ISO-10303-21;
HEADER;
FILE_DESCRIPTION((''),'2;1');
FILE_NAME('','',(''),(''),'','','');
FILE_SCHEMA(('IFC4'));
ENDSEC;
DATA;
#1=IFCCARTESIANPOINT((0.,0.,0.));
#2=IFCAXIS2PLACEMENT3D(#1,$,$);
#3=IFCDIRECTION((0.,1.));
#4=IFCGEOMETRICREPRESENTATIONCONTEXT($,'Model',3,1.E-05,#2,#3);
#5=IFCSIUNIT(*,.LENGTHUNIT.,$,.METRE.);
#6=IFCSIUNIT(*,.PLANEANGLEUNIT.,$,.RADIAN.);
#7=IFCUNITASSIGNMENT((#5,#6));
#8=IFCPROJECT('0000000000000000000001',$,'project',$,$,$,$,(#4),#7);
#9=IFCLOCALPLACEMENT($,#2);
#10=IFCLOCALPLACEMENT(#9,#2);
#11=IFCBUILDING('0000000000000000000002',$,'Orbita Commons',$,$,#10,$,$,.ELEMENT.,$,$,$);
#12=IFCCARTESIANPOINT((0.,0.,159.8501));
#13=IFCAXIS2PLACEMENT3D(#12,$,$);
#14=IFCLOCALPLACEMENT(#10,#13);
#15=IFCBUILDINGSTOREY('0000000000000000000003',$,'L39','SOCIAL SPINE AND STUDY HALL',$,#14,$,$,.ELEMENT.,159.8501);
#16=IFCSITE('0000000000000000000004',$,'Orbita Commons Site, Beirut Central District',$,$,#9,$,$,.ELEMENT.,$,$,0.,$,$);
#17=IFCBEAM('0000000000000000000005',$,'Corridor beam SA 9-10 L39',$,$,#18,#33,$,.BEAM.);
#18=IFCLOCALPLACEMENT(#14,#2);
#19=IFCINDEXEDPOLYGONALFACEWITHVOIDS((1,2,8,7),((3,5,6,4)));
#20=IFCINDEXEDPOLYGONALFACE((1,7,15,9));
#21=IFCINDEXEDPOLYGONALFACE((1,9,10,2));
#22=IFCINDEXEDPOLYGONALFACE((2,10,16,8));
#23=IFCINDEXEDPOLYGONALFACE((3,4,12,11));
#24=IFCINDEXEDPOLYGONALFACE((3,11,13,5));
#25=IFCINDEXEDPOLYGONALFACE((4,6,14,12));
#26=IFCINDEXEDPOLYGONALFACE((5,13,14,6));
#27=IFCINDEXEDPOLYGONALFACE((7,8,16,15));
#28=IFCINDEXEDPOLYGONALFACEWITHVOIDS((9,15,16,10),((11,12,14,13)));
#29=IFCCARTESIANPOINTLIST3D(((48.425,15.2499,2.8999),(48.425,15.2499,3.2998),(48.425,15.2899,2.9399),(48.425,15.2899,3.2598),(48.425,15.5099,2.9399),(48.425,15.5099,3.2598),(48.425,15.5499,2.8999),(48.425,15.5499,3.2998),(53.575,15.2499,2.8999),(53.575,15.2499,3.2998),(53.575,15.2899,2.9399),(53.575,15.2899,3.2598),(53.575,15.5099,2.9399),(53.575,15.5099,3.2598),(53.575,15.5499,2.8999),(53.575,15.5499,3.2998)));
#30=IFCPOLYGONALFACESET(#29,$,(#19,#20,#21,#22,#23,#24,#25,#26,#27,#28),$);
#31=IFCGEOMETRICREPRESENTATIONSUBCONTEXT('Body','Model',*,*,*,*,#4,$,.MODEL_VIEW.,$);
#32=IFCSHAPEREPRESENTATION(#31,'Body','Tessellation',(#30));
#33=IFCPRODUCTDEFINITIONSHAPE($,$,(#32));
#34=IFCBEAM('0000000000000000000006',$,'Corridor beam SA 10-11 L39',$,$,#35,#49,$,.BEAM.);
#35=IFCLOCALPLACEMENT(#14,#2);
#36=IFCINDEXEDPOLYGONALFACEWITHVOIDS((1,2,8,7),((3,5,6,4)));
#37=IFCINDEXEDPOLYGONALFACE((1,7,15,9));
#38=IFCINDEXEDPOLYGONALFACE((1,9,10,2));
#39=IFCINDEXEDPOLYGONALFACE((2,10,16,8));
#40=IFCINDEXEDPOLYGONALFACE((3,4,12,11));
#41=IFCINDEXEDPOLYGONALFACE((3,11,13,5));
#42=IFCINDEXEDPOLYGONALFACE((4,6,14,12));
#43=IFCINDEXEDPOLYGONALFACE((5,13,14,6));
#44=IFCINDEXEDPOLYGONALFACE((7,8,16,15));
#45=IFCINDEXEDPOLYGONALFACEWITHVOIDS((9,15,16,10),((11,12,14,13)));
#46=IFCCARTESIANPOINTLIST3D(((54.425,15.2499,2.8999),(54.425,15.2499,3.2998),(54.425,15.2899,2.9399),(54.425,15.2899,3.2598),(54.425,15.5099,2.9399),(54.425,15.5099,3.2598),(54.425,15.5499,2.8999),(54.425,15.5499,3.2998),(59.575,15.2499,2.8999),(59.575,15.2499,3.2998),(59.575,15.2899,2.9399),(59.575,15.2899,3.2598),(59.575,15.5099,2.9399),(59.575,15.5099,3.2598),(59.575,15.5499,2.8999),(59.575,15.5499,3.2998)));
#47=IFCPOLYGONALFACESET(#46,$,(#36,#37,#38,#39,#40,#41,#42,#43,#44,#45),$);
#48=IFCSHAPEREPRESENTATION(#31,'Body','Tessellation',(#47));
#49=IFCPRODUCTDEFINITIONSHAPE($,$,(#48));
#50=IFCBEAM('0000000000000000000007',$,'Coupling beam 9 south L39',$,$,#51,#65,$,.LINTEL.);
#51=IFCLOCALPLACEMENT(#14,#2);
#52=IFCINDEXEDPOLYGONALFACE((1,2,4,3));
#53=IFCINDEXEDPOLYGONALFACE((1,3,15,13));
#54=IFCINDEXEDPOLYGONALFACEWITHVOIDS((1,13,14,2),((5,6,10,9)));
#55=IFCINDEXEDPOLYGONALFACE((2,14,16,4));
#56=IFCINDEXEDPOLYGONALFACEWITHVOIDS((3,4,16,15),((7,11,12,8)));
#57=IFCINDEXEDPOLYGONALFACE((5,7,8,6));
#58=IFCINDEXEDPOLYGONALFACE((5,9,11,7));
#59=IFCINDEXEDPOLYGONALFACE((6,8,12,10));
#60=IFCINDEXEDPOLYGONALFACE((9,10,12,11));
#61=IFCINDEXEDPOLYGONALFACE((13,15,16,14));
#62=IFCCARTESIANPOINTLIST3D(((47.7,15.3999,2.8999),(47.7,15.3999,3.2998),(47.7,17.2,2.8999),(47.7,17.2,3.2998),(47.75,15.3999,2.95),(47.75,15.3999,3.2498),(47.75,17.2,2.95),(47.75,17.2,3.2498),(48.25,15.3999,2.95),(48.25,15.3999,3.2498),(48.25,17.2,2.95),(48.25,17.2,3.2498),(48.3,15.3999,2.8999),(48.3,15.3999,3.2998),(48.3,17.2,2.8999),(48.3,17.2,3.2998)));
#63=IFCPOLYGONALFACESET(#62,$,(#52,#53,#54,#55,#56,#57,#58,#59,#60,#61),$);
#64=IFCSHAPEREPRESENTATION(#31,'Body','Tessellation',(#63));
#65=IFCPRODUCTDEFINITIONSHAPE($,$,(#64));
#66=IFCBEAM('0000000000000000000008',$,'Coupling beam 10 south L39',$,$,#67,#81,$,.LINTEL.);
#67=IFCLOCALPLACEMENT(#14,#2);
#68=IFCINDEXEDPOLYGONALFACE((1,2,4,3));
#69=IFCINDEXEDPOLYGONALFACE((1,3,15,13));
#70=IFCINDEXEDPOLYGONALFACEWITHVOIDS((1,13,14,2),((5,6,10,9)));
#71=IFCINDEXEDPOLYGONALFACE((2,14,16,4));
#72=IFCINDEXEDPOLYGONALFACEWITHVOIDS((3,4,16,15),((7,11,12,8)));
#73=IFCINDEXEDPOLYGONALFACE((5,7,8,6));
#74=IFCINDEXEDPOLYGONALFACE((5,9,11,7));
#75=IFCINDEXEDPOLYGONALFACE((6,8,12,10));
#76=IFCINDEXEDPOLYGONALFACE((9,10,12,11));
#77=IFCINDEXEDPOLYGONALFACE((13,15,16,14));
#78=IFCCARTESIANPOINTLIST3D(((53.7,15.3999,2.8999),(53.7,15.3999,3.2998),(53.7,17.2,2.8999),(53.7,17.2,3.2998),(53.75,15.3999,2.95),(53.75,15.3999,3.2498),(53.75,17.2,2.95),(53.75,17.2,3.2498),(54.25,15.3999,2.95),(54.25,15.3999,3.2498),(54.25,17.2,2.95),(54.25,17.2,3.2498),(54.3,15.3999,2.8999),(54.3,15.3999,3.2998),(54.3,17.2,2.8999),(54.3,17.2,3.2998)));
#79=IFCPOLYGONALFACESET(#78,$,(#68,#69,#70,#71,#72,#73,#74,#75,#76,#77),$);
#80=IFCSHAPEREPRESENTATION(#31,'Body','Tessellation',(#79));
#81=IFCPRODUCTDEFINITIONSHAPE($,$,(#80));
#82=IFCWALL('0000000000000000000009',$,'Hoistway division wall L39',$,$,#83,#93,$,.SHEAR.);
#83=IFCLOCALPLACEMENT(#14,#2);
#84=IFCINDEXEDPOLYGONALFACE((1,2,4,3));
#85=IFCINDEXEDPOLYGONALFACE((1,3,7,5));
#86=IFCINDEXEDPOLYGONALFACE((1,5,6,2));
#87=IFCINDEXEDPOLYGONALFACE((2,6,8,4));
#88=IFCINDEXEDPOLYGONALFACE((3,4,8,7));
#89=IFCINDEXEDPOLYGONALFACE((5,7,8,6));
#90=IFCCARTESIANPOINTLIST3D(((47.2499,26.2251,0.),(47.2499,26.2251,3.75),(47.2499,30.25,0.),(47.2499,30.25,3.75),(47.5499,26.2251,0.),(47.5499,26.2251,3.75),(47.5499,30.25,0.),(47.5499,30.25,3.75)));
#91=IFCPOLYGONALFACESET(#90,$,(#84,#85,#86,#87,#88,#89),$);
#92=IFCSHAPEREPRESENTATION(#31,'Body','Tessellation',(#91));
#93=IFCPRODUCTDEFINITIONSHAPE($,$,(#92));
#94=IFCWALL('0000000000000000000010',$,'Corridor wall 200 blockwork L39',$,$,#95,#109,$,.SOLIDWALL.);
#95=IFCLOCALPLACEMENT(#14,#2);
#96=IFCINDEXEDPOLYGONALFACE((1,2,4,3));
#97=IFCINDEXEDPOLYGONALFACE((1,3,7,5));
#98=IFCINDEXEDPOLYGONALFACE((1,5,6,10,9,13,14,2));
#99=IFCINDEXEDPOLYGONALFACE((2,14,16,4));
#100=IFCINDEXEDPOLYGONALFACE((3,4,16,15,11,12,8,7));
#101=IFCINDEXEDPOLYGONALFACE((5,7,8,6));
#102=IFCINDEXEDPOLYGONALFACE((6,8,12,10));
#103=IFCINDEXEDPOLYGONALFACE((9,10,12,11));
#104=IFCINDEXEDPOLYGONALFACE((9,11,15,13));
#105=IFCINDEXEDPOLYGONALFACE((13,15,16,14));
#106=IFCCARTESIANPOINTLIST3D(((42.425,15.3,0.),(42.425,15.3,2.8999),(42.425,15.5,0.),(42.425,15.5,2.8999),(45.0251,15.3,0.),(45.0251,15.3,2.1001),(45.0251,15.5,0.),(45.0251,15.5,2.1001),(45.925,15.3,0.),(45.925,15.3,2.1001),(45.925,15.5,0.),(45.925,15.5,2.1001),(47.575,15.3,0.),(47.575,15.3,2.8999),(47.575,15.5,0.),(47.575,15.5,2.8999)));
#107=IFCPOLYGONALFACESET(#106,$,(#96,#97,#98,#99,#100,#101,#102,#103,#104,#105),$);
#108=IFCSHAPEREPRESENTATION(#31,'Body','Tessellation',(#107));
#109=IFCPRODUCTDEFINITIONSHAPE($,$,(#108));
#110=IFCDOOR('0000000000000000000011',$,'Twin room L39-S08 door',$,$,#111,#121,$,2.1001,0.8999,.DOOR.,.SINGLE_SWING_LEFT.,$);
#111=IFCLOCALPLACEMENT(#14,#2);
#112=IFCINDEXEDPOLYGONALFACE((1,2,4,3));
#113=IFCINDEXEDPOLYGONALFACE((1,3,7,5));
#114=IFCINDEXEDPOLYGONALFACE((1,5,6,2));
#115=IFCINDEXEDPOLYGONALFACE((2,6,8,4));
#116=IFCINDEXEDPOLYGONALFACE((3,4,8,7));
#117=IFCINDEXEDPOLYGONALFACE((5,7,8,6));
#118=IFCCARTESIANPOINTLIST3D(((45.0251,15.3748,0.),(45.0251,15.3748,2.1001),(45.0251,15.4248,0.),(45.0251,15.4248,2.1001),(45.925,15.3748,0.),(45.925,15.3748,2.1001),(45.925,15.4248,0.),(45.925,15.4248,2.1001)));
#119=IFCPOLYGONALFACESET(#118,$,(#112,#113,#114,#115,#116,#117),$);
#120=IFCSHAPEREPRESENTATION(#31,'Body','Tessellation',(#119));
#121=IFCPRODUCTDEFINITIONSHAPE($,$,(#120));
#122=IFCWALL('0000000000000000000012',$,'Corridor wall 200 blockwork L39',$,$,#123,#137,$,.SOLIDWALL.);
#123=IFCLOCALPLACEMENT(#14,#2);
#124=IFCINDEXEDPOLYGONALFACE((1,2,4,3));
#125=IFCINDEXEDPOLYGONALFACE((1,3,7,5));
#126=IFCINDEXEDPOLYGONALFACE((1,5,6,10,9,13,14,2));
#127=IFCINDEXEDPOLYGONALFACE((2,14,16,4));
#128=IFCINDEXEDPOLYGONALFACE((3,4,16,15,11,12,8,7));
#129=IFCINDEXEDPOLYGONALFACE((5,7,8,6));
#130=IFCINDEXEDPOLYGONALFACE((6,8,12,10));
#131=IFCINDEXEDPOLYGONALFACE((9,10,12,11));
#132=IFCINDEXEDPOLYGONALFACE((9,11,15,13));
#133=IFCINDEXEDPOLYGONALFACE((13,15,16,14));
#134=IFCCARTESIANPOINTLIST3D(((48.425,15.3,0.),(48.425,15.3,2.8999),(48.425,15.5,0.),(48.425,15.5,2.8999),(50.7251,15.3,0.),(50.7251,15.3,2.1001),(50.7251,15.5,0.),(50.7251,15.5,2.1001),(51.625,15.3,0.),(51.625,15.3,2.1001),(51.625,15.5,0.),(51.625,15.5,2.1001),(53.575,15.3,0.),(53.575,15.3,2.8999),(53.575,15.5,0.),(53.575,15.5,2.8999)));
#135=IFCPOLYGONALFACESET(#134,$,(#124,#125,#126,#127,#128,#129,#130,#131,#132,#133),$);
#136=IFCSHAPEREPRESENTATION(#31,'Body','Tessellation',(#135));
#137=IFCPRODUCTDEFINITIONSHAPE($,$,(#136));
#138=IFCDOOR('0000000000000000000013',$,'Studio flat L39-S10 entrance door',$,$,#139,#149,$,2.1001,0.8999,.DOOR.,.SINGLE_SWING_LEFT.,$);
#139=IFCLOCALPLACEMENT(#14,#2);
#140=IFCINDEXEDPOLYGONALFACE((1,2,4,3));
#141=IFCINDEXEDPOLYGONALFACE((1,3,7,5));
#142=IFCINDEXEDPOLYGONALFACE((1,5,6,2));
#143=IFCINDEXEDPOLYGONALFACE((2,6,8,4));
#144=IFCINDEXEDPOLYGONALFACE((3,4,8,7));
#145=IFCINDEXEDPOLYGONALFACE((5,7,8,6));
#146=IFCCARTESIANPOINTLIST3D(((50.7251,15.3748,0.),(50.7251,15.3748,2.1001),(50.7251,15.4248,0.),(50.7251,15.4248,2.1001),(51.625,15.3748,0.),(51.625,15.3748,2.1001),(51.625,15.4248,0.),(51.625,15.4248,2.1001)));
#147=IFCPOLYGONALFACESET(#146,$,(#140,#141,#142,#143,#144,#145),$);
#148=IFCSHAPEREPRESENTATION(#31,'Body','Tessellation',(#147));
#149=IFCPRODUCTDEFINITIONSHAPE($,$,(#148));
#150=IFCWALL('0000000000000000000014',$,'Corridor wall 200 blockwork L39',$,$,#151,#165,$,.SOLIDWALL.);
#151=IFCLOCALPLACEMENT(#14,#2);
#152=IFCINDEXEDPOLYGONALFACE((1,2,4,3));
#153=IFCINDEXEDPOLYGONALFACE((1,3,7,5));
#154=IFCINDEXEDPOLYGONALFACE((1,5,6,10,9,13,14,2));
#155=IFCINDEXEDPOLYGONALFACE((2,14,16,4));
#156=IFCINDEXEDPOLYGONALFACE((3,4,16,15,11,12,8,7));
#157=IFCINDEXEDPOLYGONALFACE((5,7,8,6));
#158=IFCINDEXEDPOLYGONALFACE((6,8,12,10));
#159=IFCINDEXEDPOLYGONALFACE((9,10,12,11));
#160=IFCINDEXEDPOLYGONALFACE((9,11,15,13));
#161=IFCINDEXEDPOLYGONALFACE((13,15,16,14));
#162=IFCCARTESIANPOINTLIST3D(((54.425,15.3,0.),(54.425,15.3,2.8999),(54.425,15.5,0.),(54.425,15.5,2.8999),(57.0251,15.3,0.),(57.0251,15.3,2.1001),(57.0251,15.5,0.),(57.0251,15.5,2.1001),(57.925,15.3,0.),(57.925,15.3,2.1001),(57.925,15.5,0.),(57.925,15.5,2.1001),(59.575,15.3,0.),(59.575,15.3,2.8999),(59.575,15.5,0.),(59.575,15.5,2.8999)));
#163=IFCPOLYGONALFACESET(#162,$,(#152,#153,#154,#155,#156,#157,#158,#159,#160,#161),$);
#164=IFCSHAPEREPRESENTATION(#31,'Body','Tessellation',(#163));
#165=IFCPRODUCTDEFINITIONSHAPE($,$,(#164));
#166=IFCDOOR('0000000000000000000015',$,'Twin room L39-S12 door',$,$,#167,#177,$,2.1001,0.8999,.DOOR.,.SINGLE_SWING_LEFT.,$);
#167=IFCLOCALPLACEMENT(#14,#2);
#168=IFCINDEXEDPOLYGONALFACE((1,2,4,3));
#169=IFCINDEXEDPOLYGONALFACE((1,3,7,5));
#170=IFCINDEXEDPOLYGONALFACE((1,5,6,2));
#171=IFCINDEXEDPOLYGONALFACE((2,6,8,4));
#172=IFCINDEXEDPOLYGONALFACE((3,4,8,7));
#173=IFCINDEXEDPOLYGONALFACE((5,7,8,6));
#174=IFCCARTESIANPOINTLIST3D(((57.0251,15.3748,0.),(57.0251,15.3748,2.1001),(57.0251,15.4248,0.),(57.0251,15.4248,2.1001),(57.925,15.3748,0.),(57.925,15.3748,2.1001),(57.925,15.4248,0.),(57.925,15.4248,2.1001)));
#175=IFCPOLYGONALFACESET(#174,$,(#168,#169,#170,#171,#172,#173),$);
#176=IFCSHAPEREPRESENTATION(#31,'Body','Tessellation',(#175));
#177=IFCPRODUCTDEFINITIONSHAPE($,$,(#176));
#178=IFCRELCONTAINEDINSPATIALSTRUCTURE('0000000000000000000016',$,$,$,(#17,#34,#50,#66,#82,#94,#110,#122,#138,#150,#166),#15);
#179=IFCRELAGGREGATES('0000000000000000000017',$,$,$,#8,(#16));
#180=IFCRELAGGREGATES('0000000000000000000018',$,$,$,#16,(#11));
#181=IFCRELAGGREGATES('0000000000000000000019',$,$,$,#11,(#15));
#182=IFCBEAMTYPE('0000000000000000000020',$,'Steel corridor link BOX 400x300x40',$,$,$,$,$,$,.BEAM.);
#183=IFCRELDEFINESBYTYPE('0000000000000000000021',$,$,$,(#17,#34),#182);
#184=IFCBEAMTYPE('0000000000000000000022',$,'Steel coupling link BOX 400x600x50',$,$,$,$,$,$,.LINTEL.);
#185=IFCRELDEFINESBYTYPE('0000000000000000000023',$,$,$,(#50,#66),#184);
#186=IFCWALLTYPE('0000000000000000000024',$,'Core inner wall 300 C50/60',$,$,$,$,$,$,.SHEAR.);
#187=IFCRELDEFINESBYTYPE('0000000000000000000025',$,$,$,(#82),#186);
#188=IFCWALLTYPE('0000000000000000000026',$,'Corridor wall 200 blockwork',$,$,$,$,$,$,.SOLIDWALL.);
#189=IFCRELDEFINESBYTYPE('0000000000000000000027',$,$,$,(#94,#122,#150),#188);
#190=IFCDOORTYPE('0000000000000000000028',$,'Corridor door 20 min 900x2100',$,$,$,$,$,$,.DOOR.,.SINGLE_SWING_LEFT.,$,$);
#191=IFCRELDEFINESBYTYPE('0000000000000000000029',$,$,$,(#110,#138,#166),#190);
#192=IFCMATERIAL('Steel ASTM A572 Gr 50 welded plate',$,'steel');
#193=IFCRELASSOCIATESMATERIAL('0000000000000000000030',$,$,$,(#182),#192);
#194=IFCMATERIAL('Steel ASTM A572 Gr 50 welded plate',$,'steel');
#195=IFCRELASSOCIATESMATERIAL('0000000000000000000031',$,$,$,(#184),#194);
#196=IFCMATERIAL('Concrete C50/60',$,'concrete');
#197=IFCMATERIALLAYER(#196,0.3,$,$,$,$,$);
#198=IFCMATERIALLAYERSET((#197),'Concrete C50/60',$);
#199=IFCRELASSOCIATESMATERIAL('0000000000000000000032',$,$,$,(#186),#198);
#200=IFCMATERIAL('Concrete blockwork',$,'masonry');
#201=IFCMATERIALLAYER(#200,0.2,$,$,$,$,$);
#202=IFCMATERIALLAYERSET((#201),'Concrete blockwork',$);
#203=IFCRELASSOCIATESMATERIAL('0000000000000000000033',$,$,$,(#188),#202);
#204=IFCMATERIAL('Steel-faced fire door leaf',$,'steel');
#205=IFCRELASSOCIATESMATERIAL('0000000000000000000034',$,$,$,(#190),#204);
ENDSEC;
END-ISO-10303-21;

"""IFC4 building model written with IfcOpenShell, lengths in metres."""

from ifc_helpers import new_model, si_unit, direction, frame, frame_2d, origin, origin_2d, place, context, subcontext, project, spatial, polyline, rectangle, hollow_rectangle, outline, extrude, material, layer, layer_set, material_profile, profile_set, type_object, element, fill, save


model = new_model("IFC4")

# Units and contexts
model_context = context("Model", 3, precision=1e-05, world=origin(), true_north=direction((0.0, 1.0)))
body_context = subcontext(model_context, "Body", "Model", "MODEL_VIEW")
ifc_project = project(units=[si_unit("LENGTHUNIT", "METRE"), si_unit("PLANEANGLEUNIT", "RADIAN")], contexts=[model_context])

# Site, building, storey
site_placement = place(None, origin())
site = spatial("IfcSite", under=ifc_project, at=site_placement, Name="Orbita Commons Site, Beirut Central District", CompositionType="ELEMENT", RefElevation=0.0)
building_placement = place(site_placement, origin())
building = spatial("IfcBuilding", under=site, at=building_placement, Name="Orbita Commons", CompositionType="ELEMENT")
storey_placement = place(building_placement, frame((0.0, 0.0, 159.8501)))
storey = spatial("IfcBuildingStorey", under=building, at=storey_placement, Name="L39", Description="SOCIAL SPINE AND STUDY HALL", CompositionType="ELEMENT", Elevation=159.8501)

# Beams
ifc_material_1 = material(Name="Steel ASTM A572 Gr 50 welded plate", Category="steel")
ifc_material_profile_1 = material_profile(ifc_material_1, hollow_rectangle(XDim=0.3, YDim=0.3999, WallThickness=0.04, at=origin_2d()), Name="BOX 400x300x40")
ifc_profile_set_1 = profile_set([ifc_material_profile_1], Name="Steel ASTM A572 Gr 50 welded plate")
beam_type_1 = type_object("IfcBeamType", Name="Steel corridor link BOX 400x300x40", PredefinedType="BEAM", material=ifc_profile_set_1)
for number, where, z_axis, x_axis, name in (
    (1, (48.425, 15.3999, 3.0999), (1.0, 0.0, 0.0), (0.0, 1.0, 0.0), "Corridor beam SA 9-10 L39"),
    (2, (54.425, 15.3999, 3.0999), (1.0, 0.0, 0.0), (0.0, 1.0, 0.0), "Corridor beam SA 10-11 L39"),
):
    element("IfcBeam", number, at=place(storey_placement, frame(where, z_axis=z_axis, x_axis=x_axis)), inside=storey, type_object=beam_type_1, Name=name, PredefinedType="BEAM", context=body_context, shape_type="SweptSolid", body=[
        extrude(hollow_rectangle(XDim=0.3, YDim=0.3999, WallThickness=0.04, at=origin_2d()), origin(), (0.0, 0.0, 1.0), 5.1499),
    ])
ifc_material_2 = material(Name="Steel ASTM A572 Gr 50 welded plate", Category="steel")
ifc_material_profile_2 = material_profile(ifc_material_2, hollow_rectangle(XDim=0.6001, YDim=0.3999, WallThickness=0.05, at=origin_2d()), Name="BOX 400x600x50")
ifc_profile_set_2 = profile_set([ifc_material_profile_2], Name="Steel ASTM A572 Gr 50 welded plate")
beam_type_2 = type_object("IfcBeamType", Name="Steel coupling link BOX 400x600x50", PredefinedType="LINTEL", material=ifc_profile_set_2)
for number, where, z_axis, x_axis, name in (
    (3, (48.0, 15.3999, 3.0999), (0.0, 1.0, 0.0), (-1.0, 0.0, 0.0), "Coupling beam 9 south L39"),
    (4, (54.0, 15.3999, 3.0999), (0.0, 1.0, 0.0), (-1.0, 0.0, 0.0), "Coupling beam 10 south L39"),
):
    element("IfcBeam", number, at=place(storey_placement, frame(where, z_axis=z_axis, x_axis=x_axis)), inside=storey, type_object=beam_type_2, Name=name, PredefinedType="LINTEL", context=body_context, shape_type="SweptSolid", body=[
        extrude(hollow_rectangle(XDim=0.6001, YDim=0.3999, WallThickness=0.05, at=origin_2d()), origin(), (0.0, 0.0, 1.0), 1.8),
    ])

# Wall
ifc_material_3 = material(Name="Concrete C50/60", Category="concrete")
ifc_layer_1 = layer(ifc_material_3, 0.3)
ifc_layer_set_1 = layer_set([ifc_layer_1], Name="Concrete C50/60")
wall_type_1 = type_object("IfcWallType", Name="Core inner wall 300 C50/60", PredefinedType="SHEAR", material=ifc_layer_set_1)
wall_1_placement = place(storey_placement, frame((47.3999, 26.2251, 0.0), z_axis=(0.0, 0.0, 1.0), x_axis=(0.0, 1.0, 0.0)))
element("IfcWall", 5, at=wall_1_placement, inside=storey, type_object=wall_type_1, Name="Hoistway division wall L39", PredefinedType="SHEAR", context=body_context, shape_type="SweptSolid", body=[
    extrude(rectangle(XDim=4.0249, YDim=0.3, at=frame_2d((2.0125, 0.0))), origin(), (0.0, 0.0, 1.0), 3.75),
])

# Walls, openings, doors
ifc_material_4 = material(Name="Concrete blockwork", Category="masonry")
ifc_layer_2 = layer(ifc_material_4, 0.2)
ifc_layer_set_2 = layer_set([ifc_layer_2], Name="Concrete blockwork")
wall_type_2 = type_object("IfcWallType", Name="Corridor wall 200 blockwork", PredefinedType="SOLIDWALL", material=ifc_layer_set_2)
wall_2_placement = place(storey_placement, frame((42.425, 15.3999, 0.0), z_axis=(0.0, 0.0, 1.0), x_axis=(1.0, 0.0, 0.0)))
wall_2 = element("IfcWall", 6, at=wall_2_placement, inside=storey, type_object=wall_type_2, Name="Corridor wall 200 blockwork L39", PredefinedType="SOLIDWALL", context=body_context, shape_type="SweptSolid", body=[
    extrude(outline(polyline([(0.0, 0.0), (5.1499, 0.0), (5.1499, 2.8999), (0.0, 2.8999), (0.0, 0.0)])), frame((0.0, 0.1001, 0.0), z_axis=(0.0, -1.0, 0.0), x_axis=(1.0, 0.0, 0.0)), (0.0, 0.0, 1.0), 0.2),
])
opening_1_placement = place(wall_2_placement, frame((2.6001, 0.0, 0.0)))
opening_1 = element("IfcOpeningElement", 7, at=opening_1_placement, cuts=wall_2, PredefinedType="OPENING", context=body_context, shape_type="SweptSolid", body=[
    extrude(rectangle(XDim=0.8999, YDim=2.1001, at=frame_2d((0.45, 1.05))), frame((0.0, 0.1099, 0.0), z_axis=(0.0, -1.0, 0.0), x_axis=(1.0, 0.0, 0.0)), (0.0, 0.0, 1.0), 0.22),
])
ifc_material_5 = material(Name="Steel-faced fire door leaf", Category="steel")
door_type_1 = type_object("IfcDoorType", Name="Corridor door 20 min 900x2100", OperationType="SINGLE_SWING_LEFT", PredefinedType="DOOR", material=ifc_material_5)
door_1_placement = place(opening_1_placement, origin())
door_1 = element("IfcDoor", 8, at=door_1_placement, inside=storey, type_object=door_type_1, Name="Twin room L39-S08 door", OperationType="SINGLE_SWING_LEFT", OverallHeight=2.1001, OverallWidth=0.8999, PredefinedType="DOOR", context=body_context, shape_type="SweptSolid", body=[
    extrude(rectangle(XDim=0.8999, YDim=2.1001, at=frame_2d((0.45, 1.05))), frame((0.0, 0.0249, 0.0), z_axis=(0.0, -1.0, 0.0), x_axis=(1.0, 0.0, 0.0)), (0.0, 0.0, 1.0), 0.05),
])
fill(opening_1, door_1)
wall_3_placement = place(storey_placement, frame((48.425, 15.3999, 0.0), z_axis=(0.0, 0.0, 1.0), x_axis=(1.0, 0.0, 0.0)))
wall_3 = element("IfcWall", 9, at=wall_3_placement, inside=storey, type_object=wall_type_2, Name="Corridor wall 200 blockwork L39", PredefinedType="SOLIDWALL", context=body_context, shape_type="SweptSolid", body=[
    extrude(outline(polyline([(0.0, 0.0), (5.1499, 0.0), (5.1499, 2.8999), (0.0, 2.8999), (0.0, 0.0)])), frame((0.0, 0.1001, 0.0), z_axis=(0.0, -1.0, 0.0), x_axis=(1.0, 0.0, 0.0)), (0.0, 0.0, 1.0), 0.2),
])
opening_2_placement = place(wall_3_placement, frame((2.3, 0.0, 0.0)))
opening_2 = element("IfcOpeningElement", 10, at=opening_2_placement, cuts=wall_3, PredefinedType="OPENING", context=body_context, shape_type="SweptSolid", body=[
    extrude(rectangle(XDim=0.8999, YDim=2.1001, at=frame_2d((0.45, 1.05))), frame((0.0, 0.1099, 0.0), z_axis=(0.0, -1.0, 0.0), x_axis=(1.0, 0.0, 0.0)), (0.0, 0.0, 1.0), 0.22),
])
door_2_placement = place(opening_2_placement, origin())
door_2 = element("IfcDoor", 11, at=door_2_placement, inside=storey, type_object=door_type_1, Name="Studio flat L39-S10 entrance door", OperationType="SINGLE_SWING_LEFT", OverallHeight=2.1001, OverallWidth=0.8999, PredefinedType="DOOR", context=body_context, shape_type="SweptSolid", body=[
    extrude(rectangle(XDim=0.8999, YDim=2.1001, at=frame_2d((0.45, 1.05))), frame((0.0, 0.0249, 0.0), z_axis=(0.0, -1.0, 0.0), x_axis=(1.0, 0.0, 0.0)), (0.0, 0.0, 1.0), 0.05),
])
fill(opening_2, door_2)
wall_4_placement = place(storey_placement, frame((54.425, 15.3999, 0.0), z_axis=(0.0, 0.0, 1.0), x_axis=(1.0, 0.0, 0.0)))
wall_4 = element("IfcWall", 12, at=wall_4_placement, inside=storey, type_object=wall_type_2, Name="Corridor wall 200 blockwork L39", PredefinedType="SOLIDWALL", context=body_context, shape_type="SweptSolid", body=[
    extrude(outline(polyline([(0.0, 0.0), (5.1499, 0.0), (5.1499, 2.8999), (0.0, 2.8999), (0.0, 0.0)])), frame((0.0, 0.1001, 0.0), z_axis=(0.0, -1.0, 0.0), x_axis=(1.0, 0.0, 0.0)), (0.0, 0.0, 1.0), 0.2),
])
opening_3_placement = place(wall_4_placement, frame((2.6001, 0.0, 0.0)))
opening_3 = element("IfcOpeningElement", 13, at=opening_3_placement, cuts=wall_4, PredefinedType="OPENING", context=body_context, shape_type="SweptSolid", body=[
    extrude(rectangle(XDim=0.8999, YDim=2.1001, at=frame_2d((0.45, 1.05))), frame((0.0, 0.1099, 0.0), z_axis=(0.0, -1.0, 0.0), x_axis=(1.0, 0.0, 0.0)), (0.0, 0.0, 1.0), 0.22),
])
door_3_placement = place(opening_3_placement, origin())
door_3 = element("IfcDoor", 14, at=door_3_placement, inside=storey, type_object=door_type_1, Name="Twin room L39-S12 door", OperationType="SINGLE_SWING_LEFT", OverallHeight=2.1001, OverallWidth=0.8999, PredefinedType="DOOR", context=body_context, shape_type="SweptSolid", body=[
    extrude(rectangle(XDim=0.8999, YDim=2.1001, at=frame_2d((0.45, 1.05))), frame((0.0, 0.0249, 0.0), z_axis=(0.0, -1.0, 0.0), x_axis=(1.0, 0.0, 0.0)), (0.0, 0.0, 1.0), 0.05),
])
fill(opening_3, door_3)

save(model, "model.ifc")
